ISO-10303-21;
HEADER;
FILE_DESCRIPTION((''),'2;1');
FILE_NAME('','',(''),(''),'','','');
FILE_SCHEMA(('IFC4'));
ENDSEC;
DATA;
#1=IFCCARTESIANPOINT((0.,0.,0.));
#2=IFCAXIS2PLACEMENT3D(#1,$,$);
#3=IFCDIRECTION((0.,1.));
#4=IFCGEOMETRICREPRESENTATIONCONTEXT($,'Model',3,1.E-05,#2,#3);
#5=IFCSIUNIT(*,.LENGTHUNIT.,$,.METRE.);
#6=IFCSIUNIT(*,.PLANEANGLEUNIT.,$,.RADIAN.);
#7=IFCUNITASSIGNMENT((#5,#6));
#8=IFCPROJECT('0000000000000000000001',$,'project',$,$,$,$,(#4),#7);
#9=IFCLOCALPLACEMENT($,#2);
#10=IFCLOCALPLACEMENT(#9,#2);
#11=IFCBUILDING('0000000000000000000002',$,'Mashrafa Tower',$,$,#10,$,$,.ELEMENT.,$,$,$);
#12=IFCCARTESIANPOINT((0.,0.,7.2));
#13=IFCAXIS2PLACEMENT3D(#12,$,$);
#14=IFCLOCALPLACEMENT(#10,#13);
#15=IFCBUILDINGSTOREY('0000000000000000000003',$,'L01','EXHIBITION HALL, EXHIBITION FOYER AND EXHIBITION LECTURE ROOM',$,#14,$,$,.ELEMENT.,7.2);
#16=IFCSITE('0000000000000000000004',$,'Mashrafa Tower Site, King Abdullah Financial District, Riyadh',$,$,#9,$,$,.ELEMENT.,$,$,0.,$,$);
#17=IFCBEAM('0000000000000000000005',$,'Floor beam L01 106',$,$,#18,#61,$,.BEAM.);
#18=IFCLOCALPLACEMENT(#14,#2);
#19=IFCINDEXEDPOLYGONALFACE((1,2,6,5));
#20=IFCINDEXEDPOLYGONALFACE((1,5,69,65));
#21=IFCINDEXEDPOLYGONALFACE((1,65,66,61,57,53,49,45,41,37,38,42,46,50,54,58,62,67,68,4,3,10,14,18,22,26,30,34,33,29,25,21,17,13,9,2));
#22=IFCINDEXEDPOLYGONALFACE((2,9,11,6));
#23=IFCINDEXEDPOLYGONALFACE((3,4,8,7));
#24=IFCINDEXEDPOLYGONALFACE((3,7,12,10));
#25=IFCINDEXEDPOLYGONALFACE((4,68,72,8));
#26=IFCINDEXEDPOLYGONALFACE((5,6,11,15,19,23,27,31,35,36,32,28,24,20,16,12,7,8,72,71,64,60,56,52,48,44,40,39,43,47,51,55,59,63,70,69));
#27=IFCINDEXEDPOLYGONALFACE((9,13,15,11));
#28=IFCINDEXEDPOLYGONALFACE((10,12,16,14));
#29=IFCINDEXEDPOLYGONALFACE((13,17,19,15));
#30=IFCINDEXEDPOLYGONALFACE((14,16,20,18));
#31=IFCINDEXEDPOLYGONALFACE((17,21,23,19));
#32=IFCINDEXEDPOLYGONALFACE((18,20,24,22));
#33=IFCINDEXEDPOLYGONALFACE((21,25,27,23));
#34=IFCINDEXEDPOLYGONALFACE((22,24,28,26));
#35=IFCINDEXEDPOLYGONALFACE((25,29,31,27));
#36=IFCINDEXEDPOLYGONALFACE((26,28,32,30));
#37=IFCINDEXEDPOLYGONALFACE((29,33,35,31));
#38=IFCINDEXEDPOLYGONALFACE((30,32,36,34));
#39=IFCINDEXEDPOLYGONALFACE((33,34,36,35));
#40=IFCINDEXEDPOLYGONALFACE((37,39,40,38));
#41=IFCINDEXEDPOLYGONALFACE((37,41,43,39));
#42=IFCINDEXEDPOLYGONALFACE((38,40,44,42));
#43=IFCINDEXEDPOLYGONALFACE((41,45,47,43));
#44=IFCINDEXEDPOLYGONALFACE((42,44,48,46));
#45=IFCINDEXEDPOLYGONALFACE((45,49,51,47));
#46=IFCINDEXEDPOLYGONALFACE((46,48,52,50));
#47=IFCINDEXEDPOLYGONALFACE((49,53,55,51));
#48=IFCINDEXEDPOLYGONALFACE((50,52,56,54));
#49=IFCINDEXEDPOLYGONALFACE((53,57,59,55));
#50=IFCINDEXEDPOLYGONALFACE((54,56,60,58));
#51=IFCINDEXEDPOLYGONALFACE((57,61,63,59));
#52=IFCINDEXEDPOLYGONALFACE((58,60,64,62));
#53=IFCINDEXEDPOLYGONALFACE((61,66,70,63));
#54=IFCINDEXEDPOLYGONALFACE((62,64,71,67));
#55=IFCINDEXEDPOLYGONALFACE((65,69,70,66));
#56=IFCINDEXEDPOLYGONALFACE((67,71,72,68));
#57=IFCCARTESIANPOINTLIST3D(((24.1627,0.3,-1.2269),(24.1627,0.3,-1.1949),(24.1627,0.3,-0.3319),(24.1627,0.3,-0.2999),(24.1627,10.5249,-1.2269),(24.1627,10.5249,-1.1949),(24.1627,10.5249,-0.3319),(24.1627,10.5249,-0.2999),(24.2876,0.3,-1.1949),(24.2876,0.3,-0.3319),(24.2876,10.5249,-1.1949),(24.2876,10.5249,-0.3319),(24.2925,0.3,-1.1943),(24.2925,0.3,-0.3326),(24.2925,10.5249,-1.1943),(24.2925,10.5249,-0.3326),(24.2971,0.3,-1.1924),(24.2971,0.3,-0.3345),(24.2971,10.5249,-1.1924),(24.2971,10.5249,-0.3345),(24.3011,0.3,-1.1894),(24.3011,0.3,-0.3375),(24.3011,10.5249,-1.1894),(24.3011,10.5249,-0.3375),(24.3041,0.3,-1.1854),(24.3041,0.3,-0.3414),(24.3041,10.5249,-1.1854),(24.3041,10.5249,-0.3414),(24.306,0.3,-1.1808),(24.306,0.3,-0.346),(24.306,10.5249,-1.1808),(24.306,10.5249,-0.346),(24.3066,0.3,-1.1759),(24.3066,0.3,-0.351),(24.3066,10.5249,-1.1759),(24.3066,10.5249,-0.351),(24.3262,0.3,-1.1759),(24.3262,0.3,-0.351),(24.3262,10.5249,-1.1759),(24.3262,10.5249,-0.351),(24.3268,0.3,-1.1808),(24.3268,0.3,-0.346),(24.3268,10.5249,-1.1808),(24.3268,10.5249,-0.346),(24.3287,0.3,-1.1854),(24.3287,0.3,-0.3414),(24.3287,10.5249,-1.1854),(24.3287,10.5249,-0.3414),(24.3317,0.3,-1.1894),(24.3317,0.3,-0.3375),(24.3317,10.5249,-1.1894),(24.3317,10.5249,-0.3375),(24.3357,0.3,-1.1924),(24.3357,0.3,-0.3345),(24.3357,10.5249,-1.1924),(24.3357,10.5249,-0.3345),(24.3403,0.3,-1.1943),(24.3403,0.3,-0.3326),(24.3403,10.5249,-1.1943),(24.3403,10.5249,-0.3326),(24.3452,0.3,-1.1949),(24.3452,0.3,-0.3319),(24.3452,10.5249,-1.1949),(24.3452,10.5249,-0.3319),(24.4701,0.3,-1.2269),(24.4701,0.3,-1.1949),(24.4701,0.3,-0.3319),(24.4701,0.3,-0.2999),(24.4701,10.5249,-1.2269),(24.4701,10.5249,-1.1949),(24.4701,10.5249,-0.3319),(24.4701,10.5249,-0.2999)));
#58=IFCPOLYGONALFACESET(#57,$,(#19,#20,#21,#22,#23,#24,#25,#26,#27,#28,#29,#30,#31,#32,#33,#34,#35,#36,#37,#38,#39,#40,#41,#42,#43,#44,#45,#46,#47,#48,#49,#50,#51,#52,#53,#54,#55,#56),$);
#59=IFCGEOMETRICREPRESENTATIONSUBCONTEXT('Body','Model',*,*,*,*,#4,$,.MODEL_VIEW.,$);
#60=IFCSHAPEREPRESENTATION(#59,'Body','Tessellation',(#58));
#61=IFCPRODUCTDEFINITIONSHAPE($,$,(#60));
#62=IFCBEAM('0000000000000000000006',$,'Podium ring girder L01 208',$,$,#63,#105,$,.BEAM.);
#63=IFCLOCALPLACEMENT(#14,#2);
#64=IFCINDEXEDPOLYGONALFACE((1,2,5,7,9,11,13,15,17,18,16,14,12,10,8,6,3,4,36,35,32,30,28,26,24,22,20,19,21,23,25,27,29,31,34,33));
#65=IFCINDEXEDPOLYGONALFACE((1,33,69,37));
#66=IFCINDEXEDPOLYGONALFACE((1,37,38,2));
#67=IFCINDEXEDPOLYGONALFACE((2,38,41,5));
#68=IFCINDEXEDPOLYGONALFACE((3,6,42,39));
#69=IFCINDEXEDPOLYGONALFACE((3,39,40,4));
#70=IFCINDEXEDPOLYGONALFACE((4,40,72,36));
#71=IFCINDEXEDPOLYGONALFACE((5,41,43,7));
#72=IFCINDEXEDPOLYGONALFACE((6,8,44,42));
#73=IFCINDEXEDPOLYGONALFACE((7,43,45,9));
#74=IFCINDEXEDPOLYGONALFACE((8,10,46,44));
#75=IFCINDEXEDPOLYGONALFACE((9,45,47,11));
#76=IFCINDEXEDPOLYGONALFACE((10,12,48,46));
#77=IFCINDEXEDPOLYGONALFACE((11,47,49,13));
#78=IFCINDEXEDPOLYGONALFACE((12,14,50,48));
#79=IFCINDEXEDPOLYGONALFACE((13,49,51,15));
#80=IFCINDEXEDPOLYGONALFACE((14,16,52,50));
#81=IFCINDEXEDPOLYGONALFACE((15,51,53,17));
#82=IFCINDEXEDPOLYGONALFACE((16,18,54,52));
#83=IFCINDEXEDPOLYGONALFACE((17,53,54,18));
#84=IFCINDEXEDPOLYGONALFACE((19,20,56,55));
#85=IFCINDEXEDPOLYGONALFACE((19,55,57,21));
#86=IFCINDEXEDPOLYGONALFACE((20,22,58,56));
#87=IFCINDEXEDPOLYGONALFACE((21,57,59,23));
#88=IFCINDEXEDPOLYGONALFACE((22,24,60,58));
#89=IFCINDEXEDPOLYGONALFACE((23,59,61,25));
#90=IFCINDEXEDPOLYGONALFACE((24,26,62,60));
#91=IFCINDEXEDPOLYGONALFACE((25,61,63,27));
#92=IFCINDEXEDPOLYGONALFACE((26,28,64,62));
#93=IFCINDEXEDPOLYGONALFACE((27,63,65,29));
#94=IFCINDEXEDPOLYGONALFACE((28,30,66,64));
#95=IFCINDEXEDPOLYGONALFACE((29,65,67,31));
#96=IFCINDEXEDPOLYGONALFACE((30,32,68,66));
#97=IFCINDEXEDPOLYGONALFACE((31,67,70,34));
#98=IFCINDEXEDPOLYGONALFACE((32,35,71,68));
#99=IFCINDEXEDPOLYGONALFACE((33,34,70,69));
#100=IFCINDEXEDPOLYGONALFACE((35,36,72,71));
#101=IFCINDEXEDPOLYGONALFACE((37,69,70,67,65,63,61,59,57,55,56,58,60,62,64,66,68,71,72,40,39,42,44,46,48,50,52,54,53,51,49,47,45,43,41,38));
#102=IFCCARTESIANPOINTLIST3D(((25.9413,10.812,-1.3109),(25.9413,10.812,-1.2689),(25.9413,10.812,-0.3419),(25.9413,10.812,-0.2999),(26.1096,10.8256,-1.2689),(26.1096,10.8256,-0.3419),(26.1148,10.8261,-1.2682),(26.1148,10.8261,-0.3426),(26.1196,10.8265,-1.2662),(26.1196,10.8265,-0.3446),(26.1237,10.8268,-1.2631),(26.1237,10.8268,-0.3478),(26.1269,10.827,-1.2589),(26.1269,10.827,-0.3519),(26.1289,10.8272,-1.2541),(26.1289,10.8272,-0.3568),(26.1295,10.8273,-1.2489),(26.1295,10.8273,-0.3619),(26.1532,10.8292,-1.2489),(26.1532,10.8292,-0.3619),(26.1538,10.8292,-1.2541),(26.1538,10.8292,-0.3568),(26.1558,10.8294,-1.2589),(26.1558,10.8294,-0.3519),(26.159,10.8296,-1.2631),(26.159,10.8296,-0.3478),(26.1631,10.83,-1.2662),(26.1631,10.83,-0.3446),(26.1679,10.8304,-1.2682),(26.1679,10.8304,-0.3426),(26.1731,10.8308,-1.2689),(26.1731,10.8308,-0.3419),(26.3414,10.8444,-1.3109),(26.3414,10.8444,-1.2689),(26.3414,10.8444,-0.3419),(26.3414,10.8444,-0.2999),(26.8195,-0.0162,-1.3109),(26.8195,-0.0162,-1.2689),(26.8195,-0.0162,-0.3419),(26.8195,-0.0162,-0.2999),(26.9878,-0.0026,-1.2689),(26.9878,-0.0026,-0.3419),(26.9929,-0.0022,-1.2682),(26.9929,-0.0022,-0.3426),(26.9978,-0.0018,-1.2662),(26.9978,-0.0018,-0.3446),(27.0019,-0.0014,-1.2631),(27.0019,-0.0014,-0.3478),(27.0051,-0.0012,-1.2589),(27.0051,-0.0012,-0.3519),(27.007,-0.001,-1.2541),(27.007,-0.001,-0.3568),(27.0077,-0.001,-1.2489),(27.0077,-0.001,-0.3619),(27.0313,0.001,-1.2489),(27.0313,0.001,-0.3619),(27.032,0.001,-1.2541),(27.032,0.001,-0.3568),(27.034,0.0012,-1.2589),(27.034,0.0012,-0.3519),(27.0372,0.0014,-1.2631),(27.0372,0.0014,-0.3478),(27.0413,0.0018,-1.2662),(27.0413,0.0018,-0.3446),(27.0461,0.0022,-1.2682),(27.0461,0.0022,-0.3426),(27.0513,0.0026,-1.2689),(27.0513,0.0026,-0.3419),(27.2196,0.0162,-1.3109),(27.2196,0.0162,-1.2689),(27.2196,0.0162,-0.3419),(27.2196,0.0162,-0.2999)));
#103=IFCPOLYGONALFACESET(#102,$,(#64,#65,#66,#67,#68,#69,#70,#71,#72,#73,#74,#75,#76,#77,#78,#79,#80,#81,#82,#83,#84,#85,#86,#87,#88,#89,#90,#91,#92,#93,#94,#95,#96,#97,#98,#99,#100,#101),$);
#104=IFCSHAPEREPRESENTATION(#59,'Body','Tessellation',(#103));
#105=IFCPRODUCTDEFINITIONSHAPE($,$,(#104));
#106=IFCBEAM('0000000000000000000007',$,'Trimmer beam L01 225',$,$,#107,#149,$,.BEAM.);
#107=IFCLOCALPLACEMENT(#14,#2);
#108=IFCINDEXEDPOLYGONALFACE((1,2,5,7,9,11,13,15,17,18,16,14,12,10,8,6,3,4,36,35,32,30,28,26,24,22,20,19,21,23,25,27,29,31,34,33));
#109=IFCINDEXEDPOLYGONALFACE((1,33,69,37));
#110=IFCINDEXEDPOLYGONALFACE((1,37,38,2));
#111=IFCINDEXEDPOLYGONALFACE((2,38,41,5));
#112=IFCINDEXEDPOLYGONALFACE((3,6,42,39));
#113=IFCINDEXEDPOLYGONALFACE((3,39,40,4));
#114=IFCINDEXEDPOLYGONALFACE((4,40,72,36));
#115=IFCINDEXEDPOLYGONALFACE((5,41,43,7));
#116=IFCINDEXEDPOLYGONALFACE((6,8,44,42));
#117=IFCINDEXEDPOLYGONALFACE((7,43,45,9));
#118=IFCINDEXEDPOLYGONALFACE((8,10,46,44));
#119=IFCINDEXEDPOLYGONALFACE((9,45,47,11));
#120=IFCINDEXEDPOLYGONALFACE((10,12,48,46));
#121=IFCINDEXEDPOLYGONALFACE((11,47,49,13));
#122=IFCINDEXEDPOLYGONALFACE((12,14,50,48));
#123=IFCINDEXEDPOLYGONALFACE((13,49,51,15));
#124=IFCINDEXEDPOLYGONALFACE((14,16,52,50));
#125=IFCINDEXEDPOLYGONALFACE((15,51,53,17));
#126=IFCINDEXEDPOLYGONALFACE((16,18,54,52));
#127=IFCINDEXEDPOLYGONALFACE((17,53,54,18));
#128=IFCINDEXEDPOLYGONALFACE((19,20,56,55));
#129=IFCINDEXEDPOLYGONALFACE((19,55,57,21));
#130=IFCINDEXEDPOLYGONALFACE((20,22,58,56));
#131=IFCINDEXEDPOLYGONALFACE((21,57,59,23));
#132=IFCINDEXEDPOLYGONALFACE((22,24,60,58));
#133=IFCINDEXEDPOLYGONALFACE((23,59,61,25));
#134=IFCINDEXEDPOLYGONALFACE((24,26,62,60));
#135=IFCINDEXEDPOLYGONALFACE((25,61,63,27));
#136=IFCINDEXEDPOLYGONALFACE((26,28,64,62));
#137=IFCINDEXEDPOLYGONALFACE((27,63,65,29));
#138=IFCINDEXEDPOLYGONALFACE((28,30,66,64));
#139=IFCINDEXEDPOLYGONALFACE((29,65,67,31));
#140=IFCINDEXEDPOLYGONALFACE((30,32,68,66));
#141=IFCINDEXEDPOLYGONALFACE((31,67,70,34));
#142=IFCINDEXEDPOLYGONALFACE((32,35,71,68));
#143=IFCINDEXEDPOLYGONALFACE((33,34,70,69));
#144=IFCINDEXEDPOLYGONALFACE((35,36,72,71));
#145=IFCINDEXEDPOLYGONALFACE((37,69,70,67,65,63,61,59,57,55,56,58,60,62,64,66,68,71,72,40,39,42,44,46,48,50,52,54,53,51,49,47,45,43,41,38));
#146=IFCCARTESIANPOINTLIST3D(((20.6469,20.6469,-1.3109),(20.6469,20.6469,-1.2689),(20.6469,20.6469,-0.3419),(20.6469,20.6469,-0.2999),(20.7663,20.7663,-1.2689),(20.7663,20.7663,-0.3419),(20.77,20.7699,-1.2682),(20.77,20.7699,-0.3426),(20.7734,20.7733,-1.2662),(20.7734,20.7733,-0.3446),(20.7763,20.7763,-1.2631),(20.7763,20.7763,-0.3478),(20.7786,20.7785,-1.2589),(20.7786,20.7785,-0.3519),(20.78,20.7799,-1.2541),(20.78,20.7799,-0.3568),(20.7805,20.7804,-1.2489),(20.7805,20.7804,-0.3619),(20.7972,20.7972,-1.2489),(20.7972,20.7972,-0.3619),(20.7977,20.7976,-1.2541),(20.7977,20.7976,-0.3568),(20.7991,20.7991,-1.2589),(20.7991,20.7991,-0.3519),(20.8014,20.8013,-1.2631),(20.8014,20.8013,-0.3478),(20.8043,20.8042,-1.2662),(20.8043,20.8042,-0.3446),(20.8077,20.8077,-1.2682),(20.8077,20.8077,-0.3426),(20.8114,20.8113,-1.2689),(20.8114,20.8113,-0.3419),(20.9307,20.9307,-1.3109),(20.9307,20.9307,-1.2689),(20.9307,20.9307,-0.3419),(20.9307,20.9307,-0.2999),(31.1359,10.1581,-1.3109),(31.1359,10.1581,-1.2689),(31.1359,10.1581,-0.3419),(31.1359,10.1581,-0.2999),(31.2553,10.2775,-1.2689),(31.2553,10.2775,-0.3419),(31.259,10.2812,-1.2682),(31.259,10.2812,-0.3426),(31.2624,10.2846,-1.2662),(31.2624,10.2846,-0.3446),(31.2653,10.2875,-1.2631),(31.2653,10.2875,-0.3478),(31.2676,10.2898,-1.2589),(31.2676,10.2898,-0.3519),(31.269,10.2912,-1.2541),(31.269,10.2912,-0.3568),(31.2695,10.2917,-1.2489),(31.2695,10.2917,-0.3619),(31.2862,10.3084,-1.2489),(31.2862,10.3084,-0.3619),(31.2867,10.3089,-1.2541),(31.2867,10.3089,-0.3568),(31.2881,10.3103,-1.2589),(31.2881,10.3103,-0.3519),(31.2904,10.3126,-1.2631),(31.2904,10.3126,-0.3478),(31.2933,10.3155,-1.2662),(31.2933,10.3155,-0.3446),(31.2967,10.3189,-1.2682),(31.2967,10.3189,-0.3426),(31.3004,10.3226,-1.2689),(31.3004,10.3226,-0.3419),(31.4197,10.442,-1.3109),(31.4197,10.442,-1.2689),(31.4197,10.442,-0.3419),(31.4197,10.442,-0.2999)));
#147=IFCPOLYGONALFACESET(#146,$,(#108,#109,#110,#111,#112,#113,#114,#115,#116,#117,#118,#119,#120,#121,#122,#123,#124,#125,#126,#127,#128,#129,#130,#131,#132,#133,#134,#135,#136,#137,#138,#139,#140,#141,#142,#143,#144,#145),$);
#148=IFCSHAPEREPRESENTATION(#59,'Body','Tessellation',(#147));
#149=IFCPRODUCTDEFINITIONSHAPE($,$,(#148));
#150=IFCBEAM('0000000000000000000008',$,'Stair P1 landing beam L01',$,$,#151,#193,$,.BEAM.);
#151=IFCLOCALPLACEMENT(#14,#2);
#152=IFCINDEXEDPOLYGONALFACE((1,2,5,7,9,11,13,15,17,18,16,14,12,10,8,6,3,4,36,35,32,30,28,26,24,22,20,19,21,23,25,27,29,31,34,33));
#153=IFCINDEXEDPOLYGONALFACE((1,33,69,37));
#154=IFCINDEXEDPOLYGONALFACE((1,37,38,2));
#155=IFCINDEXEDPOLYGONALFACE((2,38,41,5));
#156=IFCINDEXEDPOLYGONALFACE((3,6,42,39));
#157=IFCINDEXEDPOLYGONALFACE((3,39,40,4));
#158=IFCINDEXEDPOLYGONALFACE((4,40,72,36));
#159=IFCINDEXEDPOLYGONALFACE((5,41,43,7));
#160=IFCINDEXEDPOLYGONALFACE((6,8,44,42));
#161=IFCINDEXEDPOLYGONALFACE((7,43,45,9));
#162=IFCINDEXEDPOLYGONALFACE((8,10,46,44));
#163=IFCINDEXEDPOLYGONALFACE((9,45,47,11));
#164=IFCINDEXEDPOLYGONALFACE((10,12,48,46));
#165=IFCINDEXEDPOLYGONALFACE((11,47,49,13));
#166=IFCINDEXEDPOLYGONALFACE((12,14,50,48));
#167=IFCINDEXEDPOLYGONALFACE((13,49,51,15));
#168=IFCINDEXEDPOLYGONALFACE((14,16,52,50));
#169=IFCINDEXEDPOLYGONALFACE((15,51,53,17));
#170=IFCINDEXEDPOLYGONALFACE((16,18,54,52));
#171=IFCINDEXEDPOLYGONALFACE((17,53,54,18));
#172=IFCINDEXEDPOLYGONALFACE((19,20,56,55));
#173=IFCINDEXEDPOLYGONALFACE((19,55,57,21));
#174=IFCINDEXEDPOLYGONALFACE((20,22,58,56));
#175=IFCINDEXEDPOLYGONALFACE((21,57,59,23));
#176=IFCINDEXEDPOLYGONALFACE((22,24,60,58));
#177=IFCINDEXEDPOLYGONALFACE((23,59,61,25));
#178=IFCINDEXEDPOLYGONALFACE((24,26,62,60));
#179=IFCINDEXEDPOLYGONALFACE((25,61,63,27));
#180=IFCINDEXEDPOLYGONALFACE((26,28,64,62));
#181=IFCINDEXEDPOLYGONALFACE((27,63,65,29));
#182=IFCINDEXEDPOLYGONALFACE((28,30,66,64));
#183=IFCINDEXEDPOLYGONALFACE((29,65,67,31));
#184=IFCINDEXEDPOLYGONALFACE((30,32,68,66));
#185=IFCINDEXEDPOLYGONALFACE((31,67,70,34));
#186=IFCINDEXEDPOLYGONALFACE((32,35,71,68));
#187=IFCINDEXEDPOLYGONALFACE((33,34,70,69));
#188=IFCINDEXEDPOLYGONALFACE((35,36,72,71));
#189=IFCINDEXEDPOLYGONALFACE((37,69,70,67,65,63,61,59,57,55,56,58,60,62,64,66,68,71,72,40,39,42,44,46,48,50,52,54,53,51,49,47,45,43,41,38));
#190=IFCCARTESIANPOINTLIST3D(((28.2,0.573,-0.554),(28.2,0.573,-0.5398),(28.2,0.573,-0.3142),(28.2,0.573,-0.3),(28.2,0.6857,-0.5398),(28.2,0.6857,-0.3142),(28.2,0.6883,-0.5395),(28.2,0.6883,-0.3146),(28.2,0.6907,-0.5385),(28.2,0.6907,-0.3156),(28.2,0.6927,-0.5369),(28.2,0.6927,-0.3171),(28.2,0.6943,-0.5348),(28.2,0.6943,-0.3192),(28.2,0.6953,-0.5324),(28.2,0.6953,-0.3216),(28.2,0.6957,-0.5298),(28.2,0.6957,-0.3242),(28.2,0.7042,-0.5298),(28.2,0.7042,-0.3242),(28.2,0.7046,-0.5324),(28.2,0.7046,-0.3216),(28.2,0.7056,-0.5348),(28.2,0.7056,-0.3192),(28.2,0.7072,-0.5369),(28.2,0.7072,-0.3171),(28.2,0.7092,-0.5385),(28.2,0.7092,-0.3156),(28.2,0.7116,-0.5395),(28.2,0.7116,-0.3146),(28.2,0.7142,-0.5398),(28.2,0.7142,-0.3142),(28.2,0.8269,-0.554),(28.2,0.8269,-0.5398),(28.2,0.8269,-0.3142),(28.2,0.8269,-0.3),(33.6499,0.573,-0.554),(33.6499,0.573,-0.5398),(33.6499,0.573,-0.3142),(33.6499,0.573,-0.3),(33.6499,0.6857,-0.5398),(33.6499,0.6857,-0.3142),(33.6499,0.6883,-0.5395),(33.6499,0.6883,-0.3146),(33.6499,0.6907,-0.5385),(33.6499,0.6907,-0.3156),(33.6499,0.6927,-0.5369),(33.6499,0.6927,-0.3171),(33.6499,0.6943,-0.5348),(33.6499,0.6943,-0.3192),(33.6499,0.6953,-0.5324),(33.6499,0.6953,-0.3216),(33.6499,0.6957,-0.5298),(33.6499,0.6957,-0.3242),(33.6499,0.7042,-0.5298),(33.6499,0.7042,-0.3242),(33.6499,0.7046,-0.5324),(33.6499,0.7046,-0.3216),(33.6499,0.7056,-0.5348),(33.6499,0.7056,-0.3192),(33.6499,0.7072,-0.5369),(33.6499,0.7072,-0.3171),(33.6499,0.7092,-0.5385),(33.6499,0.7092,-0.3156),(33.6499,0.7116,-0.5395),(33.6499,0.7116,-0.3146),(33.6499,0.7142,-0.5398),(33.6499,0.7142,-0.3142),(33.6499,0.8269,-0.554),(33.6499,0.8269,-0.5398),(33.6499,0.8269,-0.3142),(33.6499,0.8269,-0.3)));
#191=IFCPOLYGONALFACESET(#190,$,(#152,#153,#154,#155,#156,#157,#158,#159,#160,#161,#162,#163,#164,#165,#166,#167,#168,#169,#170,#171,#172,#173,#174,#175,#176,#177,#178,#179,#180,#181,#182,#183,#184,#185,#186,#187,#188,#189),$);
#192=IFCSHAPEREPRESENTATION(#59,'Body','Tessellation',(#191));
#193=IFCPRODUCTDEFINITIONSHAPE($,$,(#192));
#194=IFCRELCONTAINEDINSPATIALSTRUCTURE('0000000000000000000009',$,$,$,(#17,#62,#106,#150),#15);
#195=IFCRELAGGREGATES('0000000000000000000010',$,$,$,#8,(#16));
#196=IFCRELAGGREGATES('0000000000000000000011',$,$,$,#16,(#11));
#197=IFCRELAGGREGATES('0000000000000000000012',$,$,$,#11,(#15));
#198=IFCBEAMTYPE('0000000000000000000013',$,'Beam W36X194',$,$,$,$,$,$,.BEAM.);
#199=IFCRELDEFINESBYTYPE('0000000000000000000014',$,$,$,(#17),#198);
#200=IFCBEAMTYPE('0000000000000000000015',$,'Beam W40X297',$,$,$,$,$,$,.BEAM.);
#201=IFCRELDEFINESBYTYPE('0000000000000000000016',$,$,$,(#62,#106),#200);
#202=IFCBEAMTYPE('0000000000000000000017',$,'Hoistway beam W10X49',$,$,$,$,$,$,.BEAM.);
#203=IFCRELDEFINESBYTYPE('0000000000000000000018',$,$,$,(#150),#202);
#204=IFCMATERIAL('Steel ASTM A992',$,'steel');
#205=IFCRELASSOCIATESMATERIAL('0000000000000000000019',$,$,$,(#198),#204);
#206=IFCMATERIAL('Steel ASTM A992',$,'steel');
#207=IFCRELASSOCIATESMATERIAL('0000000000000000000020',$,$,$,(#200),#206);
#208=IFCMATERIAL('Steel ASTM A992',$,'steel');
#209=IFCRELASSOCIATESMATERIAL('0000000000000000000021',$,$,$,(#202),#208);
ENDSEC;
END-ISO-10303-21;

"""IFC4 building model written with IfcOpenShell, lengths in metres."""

from ifc_helpers import new_model, si_unit, direction, frame, origin, origin_2d, place, context, subcontext, project, spatial, i_section, extrude, material, material_profile, profile_set, type_object, element, save


model = new_model("IFC4")

# Units and contexts
model_context = context("Model", 3, precision=1e-05, world=origin(), true_north=direction((0.0, 1.0)))
body_context = subcontext(model_context, "Body", "Model", "MODEL_VIEW")
ifc_project = project(units=[si_unit("LENGTHUNIT", "METRE"), si_unit("PLANEANGLEUNIT", "RADIAN")], contexts=[model_context])

# Site, building, storey
site_placement = place(None, origin())
site = spatial("IfcSite", under=ifc_project, at=site_placement, Name="Mashrafa Tower Site, King Abdullah Financial District, Riyadh", CompositionType="ELEMENT", RefElevation=0.0)
building_placement = place(site_placement, origin())
building = spatial("IfcBuilding", under=site, at=building_placement, Name="Mashrafa Tower", CompositionType="ELEMENT")
storey_placement = place(building_placement, frame((0.0, 0.0, 7.2)))
storey = spatial("IfcBuildingStorey", under=building, at=storey_placement, Name="L01", Description="EXHIBITION HALL, EXHIBITION FOYER AND EXHIBITION LECTURE ROOM", CompositionType="ELEMENT", Elevation=7.2)

# Beams
ifc_material_1 = material(Name="Steel ASTM A992", Category="steel")
ifc_material_profile_1 = material_profile(ifc_material_1, i_section(OverallWidth=0.3074, OverallDepth=0.927, WebThickness=0.0195, FlangeThickness=0.032, FilletRadius=0.019, at=origin_2d()), Name="W36X194")
ifc_profile_set_1 = profile_set([ifc_material_profile_1], Name="Steel ASTM A992")
beam_type_1 = type_object("IfcBeamType", Name="Beam W36X194", PredefinedType="BEAM", material=ifc_profile_set_1)
beam_1_placement = place(storey_placement, frame((24.3164, 10.5249, -0.7634), z_axis=(0.0, -1.0, 0.0), x_axis=(1.0, 0.0, 0.0)))
element("IfcBeam", 1, at=beam_1_placement, inside=storey, type_object=beam_type_1, Name="Floor beam L01 106", PredefinedType="BEAM", context=body_context, shape_type="SweptSolid", body=[
    extrude(i_section(OverallWidth=0.3074, OverallDepth=0.927, WebThickness=0.0195, FlangeThickness=0.032, FilletRadius=0.019, at=origin_2d()), origin(), (0.0, 0.0, 1.0), 10.2249),
])
ifc_material_2 = material(Name="Steel ASTM A992", Category="steel")
ifc_material_profile_2 = material_profile(ifc_material_2, i_section(OverallWidth=0.4014, OverallDepth=1.011, WebThickness=0.0237, FlangeThickness=0.042, FilletRadius=0.02, at=origin_2d()), Name="W40X297")
ifc_profile_set_2 = profile_set([ifc_material_profile_2], Name="Steel ASTM A992")
beam_type_2 = type_object("IfcBeamType", Name="Beam W40X297", PredefinedType="BEAM", material=ifc_profile_set_2)
beam_2_placement = place(storey_placement, frame((27.0195, 0.0, -0.8054), z_axis=(-0.080836, 0.996727, 0.0), x_axis=(-0.996727, -0.080836, 0.0)))
element("IfcBeam", 2, at=beam_2_placement, inside=storey, type_object=beam_type_2, Name="Podium ring girder L01 208", PredefinedType="BEAM", context=body_context, shape_type="SweptSolid", body=[
    extrude(i_section(OverallWidth=0.4014, OverallDepth=1.011, WebThickness=0.0237, FlangeThickness=0.042, FilletRadius=0.02, at=origin_2d()), origin(), (0.0, 0.0, 1.0), 10.8638),
])
beam_3_placement = place(storey_placement, frame((31.2778, 10.3, -0.8054), z_axis=(-0.707115, 0.707099, 0.0), x_axis=(-0.707099, -0.707115, 0.0)))
element("IfcBeam", 3, at=beam_3_placement, inside=storey, type_object=beam_type_2, Name="Trimmer beam L01 225", PredefinedType="BEAM", context=body_context, shape_type="SweptSolid", body=[
    extrude(i_section(OverallWidth=0.4014, OverallDepth=1.011, WebThickness=0.0237, FlangeThickness=0.042, FilletRadius=0.02, at=origin_2d()), origin(), (0.0, 0.0, 1.0), 14.8335),
])
ifc_material_3 = material(Name="Steel ASTM A992", Category="steel")
ifc_material_profile_3 = material_profile(ifc_material_3, i_section(OverallWidth=0.2539, OverallDepth=0.2539, WebThickness=0.0085, FlangeThickness=0.0142, FilletRadius=0.01, at=origin_2d()), Name="W10X49")
ifc_profile_set_3 = profile_set([ifc_material_profile_3], Name="Steel ASTM A992")
beam_type_3 = type_object("IfcBeamType", Name="Hoistway beam W10X49", PredefinedType="BEAM", material=ifc_profile_set_3)
for number, where, z_axis, x_axis, name in (
    (4, (28.2, 0.7, -0.427), (1.0, 0.0, 0.0), (0.0, 1.0, 0.0), "Stair P1 landing beam L01"),
):
    element("IfcBeam", number, at=place(storey_placement, frame(where, z_axis=z_axis, x_axis=x_axis)), inside=storey, type_object=beam_type_3, Name=name, PredefinedType="BEAM", context=body_context, shape_type="SweptSolid", body=[
        extrude(i_section(OverallWidth=0.2539, OverallDepth=0.2539, WebThickness=0.0085, FlangeThickness=0.0142, FilletRadius=0.01, at=origin_2d()), origin(), (0.0, 0.0, 1.0), 5.45),
    ])

save(model, "model.ifc")
